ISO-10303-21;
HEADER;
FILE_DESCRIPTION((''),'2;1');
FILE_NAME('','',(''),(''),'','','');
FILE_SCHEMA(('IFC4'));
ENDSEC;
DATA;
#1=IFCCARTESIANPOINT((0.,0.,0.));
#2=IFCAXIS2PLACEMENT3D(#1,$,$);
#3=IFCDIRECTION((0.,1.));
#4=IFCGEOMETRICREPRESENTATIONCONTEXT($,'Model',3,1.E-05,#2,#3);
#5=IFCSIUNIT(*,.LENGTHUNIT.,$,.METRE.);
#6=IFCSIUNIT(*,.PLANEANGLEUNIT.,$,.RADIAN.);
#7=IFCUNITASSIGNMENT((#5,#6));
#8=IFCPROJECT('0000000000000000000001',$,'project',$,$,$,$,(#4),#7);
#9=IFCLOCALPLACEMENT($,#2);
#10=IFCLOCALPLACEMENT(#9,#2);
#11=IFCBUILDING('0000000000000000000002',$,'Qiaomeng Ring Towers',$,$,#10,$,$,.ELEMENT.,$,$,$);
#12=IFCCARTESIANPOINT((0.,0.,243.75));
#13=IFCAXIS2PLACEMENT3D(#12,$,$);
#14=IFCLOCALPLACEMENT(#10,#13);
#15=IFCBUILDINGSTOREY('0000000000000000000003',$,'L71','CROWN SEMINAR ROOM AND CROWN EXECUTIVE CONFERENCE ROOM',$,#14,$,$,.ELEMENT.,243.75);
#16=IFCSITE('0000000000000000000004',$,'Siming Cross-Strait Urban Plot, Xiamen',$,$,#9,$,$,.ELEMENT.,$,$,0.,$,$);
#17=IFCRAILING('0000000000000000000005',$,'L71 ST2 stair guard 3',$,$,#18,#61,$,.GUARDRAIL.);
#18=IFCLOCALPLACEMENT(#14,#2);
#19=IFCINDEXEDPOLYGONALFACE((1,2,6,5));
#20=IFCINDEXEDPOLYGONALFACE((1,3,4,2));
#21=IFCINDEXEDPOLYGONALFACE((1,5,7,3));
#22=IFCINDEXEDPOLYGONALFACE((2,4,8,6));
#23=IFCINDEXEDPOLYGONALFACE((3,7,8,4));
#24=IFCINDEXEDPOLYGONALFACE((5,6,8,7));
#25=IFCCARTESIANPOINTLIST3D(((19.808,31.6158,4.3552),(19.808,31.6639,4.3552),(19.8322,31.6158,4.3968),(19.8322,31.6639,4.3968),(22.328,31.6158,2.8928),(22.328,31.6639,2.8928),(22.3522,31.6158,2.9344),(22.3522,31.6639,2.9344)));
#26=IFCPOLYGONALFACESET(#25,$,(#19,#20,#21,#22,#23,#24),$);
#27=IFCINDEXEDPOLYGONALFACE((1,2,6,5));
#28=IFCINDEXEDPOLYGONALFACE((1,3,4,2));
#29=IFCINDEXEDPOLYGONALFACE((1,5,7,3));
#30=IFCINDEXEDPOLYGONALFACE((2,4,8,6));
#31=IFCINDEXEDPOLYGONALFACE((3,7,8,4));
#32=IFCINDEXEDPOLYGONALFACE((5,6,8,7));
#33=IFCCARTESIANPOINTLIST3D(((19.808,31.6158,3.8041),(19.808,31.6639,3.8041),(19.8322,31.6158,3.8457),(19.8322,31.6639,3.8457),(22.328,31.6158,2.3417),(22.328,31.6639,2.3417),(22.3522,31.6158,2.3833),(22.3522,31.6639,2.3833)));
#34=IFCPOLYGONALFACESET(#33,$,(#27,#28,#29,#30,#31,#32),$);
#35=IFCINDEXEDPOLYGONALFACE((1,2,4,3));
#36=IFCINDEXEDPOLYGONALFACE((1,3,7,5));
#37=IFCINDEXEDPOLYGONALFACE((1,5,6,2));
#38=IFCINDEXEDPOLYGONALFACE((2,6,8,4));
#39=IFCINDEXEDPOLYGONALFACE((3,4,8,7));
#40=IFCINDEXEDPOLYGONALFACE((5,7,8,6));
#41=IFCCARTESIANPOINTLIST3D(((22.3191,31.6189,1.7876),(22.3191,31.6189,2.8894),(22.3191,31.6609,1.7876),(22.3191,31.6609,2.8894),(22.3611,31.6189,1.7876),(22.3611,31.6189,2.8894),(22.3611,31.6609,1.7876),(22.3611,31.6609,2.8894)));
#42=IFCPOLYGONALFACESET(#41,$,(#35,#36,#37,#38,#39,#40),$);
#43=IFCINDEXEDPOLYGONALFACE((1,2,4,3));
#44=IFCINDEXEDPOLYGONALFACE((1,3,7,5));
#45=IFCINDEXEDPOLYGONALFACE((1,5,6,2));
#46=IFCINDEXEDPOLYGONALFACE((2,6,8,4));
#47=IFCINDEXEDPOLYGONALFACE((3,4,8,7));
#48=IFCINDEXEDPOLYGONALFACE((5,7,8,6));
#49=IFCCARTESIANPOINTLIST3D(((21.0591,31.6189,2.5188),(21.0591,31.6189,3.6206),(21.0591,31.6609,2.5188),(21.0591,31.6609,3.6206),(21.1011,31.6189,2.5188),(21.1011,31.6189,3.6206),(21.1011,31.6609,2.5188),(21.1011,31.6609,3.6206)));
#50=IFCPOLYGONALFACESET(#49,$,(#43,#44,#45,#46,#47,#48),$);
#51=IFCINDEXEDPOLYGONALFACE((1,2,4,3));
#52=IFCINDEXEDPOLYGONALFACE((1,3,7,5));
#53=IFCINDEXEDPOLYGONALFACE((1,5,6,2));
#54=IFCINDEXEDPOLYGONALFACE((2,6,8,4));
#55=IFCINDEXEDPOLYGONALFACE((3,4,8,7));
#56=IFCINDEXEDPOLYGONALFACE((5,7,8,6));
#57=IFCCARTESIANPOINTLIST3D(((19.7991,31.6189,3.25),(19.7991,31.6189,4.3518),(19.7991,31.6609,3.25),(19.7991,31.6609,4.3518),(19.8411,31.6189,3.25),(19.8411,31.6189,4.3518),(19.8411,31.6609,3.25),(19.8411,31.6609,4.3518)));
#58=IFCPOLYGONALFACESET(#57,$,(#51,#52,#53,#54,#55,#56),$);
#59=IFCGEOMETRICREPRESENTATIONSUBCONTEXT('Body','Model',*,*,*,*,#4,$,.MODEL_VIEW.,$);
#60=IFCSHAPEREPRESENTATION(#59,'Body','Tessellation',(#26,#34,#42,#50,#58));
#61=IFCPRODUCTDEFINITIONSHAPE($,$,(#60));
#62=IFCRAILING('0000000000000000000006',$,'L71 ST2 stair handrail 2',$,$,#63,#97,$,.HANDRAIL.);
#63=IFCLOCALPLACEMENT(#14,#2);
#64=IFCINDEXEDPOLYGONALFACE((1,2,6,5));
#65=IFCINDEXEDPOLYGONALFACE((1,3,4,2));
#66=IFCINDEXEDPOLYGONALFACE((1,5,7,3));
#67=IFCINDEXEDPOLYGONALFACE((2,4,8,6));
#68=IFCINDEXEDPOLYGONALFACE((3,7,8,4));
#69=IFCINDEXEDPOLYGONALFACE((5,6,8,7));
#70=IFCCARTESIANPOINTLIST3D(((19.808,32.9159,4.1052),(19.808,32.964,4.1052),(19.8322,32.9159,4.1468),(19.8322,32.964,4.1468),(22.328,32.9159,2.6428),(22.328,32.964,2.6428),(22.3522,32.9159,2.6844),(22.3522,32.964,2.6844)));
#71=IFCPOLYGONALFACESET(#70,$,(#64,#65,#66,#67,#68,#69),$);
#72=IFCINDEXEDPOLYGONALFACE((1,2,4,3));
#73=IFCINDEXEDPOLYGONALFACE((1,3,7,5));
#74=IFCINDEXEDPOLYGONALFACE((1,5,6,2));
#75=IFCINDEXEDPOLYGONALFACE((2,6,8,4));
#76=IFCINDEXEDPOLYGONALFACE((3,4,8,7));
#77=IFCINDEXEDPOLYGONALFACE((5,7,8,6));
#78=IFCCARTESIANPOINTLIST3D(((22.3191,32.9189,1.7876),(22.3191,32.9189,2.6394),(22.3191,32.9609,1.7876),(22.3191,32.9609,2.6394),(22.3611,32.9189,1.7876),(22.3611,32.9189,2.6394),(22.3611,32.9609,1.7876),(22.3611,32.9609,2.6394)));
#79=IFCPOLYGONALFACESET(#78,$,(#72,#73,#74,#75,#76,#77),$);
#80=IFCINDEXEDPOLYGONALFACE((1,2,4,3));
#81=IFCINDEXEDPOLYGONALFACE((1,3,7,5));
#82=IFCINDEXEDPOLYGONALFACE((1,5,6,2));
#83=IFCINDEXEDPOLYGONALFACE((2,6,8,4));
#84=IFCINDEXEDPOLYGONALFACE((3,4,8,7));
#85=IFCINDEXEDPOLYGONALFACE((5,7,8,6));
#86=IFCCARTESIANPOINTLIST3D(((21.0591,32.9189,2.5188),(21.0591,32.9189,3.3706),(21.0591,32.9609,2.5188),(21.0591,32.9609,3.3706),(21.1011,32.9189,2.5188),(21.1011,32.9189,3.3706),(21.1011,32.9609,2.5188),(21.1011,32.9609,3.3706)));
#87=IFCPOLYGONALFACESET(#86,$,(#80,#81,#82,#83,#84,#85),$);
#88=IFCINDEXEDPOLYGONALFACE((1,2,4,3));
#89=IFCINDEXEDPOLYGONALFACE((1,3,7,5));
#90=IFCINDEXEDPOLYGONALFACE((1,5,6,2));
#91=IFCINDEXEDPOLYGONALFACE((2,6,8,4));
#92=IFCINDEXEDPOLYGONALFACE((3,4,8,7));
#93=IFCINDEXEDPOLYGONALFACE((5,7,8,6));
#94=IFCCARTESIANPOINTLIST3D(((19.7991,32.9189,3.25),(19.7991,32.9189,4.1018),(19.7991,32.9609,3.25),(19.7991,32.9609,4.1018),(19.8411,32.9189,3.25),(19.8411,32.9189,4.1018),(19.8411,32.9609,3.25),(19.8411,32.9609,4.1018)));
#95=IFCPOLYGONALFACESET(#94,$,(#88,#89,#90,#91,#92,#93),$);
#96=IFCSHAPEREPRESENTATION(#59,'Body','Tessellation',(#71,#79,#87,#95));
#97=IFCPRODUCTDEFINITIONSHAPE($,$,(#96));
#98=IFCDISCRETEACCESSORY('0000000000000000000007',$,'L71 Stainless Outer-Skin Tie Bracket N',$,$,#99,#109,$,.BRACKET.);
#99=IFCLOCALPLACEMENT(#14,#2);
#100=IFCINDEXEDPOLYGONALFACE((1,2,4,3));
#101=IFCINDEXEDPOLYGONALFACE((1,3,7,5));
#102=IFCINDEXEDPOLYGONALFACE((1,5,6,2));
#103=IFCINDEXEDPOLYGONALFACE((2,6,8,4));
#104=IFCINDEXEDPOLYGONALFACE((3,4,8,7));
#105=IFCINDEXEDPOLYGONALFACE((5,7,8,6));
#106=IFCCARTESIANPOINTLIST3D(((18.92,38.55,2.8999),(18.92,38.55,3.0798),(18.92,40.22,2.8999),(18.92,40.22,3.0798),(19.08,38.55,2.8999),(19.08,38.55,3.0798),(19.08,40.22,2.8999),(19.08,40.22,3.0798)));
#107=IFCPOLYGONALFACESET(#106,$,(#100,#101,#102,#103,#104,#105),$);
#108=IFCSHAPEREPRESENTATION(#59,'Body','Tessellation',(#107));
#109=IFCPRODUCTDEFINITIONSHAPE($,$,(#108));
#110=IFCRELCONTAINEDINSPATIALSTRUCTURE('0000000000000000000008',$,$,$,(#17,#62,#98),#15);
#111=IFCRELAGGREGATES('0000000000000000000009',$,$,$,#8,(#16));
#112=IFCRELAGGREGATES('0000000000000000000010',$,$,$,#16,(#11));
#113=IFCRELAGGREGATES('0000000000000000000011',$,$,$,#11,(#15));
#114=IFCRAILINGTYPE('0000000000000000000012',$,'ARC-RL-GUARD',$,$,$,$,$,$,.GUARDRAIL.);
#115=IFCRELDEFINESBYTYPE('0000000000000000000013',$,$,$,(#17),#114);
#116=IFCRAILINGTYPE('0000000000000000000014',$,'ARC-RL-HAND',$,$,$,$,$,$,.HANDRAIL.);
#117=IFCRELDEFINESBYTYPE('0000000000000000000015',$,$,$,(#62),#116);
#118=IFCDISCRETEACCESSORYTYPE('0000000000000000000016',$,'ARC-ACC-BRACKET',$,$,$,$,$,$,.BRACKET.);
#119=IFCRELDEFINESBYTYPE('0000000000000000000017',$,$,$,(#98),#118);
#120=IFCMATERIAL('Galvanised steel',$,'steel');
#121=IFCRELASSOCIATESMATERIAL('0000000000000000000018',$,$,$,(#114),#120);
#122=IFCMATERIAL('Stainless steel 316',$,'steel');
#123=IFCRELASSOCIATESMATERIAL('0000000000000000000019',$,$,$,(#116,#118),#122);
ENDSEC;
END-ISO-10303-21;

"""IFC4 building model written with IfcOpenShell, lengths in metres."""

from ifc_helpers import new_model, si_unit, direction, frame, origin, origin_2d, place, context, subcontext, project, spatial, rectangle, extrude, source, transform, mapped, material, type_object, element, save


model = new_model("IFC4")

# Units and contexts
model_context = context("Model", 3, precision=1e-05, world=origin(), true_north=direction((0.0, 1.0)))
body_context = subcontext(model_context, "Body", "Model", "MODEL_VIEW")
ifc_project = project(units=[si_unit("LENGTHUNIT", "METRE"), si_unit("PLANEANGLEUNIT", "RADIAN")], contexts=[model_context])

# Site, building, storey
site_placement = place(None, origin())
site = spatial("IfcSite", under=ifc_project, at=site_placement, Name="Siming Cross-Strait Urban Plot, Xiamen", CompositionType="ELEMENT", RefElevation=0.0)
building_placement = place(site_placement, origin())
building = spatial("IfcBuilding", under=site, at=building_placement, Name="Qiaomeng Ring Towers", CompositionType="ELEMENT")
storey_placement = place(building_placement, frame((0.0, 0.0, 243.75)))
storey = spatial("IfcBuildingStorey", under=building, at=storey_placement, Name="L71", Description="CROWN SEMINAR ROOM AND CROWN EXECUTIVE CONFERENCE ROOM", CompositionType="ELEMENT", Elevation=243.75)

# Railings
ifc_material_1 = material(Name="Galvanised steel", Category="steel")
railing_type_1 = type_object("IfcRailingType", Name="ARC-RL-GUARD", PredefinedType="GUARDRAIL", material=ifc_material_1)
railing_1_placement = place(storey_placement, frame((22.3401, 31.6399, 1.7876)))
element("IfcRailing", 1, at=railing_1_placement, inside=storey, type_object=railing_type_1, Name="L71 ST2 stair guard 3", PredefinedType="GUARDRAIL", context=body_context, shape_type="SweptSolid", body=[
    extrude(rectangle(XDim=0.0481, YDim=0.0481, at=origin_2d()), frame((0.0, 0.0, 1.126), z_axis=(-0.864913, 0.0, 0.501921), x_axis=(0.0, -1.0, 0.0)), (0.0, 0.0, 1.0), 2.9136),
    extrude(rectangle(XDim=0.0481, YDim=0.0481, at=origin_2d()), frame((0.0, 0.0, 0.575), z_axis=(-0.864913, 0.0, 0.501921), x_axis=(0.0, -1.0, 0.0)), (0.0, 0.0, 1.0), 2.9136),
    extrude(rectangle(XDim=0.042, YDim=0.042, at=origin_2d()), origin(), (0.0, 0.0, 1.0), 1.1018),
    extrude(rectangle(XDim=0.042, YDim=0.042, at=origin_2d()), frame((-1.26, 0.0, 0.7312)), (0.0, 0.0, 1.0), 1.1018),
    extrude(rectangle(XDim=0.042, YDim=0.042, at=origin_2d()), frame((-2.52, 0.0, 1.4624)), (0.0, 0.0, 1.0), 1.1018),
])
ifc_material_2 = material(Name="Stainless steel 316", Category="steel")
railing_type_2 = type_object("IfcRailingType", Name="ARC-RL-HAND", PredefinedType="HANDRAIL", material=ifc_material_2)
railing_2_placement = place(storey_placement, frame((22.3401, 32.9399, 1.7876)))
element("IfcRailing", 2, at=railing_2_placement, inside=storey, type_object=railing_type_2, Name="L71 ST2 stair handrail 2", PredefinedType="HANDRAIL", context=body_context, shape_type="SweptSolid", body=[
    extrude(rectangle(XDim=0.0481, YDim=0.0481, at=origin_2d()), frame((0.0, 0.0, 0.876), z_axis=(-0.864913, 0.0, 0.501921), x_axis=(0.0, -1.0, 0.0)), (0.0, 0.0, 1.0), 2.9136),
    extrude(rectangle(XDim=0.042, YDim=0.042, at=origin_2d()), origin(), (0.0, 0.0, 1.0), 0.8518),
    extrude(rectangle(XDim=0.042, YDim=0.042, at=origin_2d()), frame((-1.26, 0.0, 0.7312)), (0.0, 0.0, 1.0), 0.8518),
    extrude(rectangle(XDim=0.042, YDim=0.042, at=origin_2d()), frame((-2.52, 0.0, 1.4624)), (0.0, 0.0, 1.0), 0.8518),
])

# Discrete accessory
discrete_accessory_type = type_object("IfcDiscreteAccessoryType", Name="ARC-ACC-BRACKET", PredefinedType="BRACKET", material=ifc_material_2)
shared_shape_1 = source(origin(), body_context, "Body", "SweptSolid", [
    extrude(rectangle(XDim=0.1599, YDim=1.6699, at=origin_2d()), origin(), (0.0, 0.0, 1.0), 0.1799),
])
discrete_accessory_placement = place(storey_placement, frame((19.0, 39.385, 2.8999), z_axis=(0.0, 0.0, 1.0), x_axis=(1.0, 0.0, 0.0)))
element("IfcDiscreteAccessory", 3, at=discrete_accessory_placement, inside=storey, type_object=discrete_accessory_type, Name="L71 Stainless Outer-Skin Tie Bracket N", PredefinedType="BRACKET", context=body_context, shape_type="MappedRepresentation", body=[
    mapped(shared_shape_1, transform((0.0, 0.0, 0.0), x_axis=(1.0, 0.0, 0.0), y_axis=(0.0, 1.0, 0.0), z_axis=(0.0, 0.0, 1.0), scale=1.0)),
])

save(model, "model.ifc")
